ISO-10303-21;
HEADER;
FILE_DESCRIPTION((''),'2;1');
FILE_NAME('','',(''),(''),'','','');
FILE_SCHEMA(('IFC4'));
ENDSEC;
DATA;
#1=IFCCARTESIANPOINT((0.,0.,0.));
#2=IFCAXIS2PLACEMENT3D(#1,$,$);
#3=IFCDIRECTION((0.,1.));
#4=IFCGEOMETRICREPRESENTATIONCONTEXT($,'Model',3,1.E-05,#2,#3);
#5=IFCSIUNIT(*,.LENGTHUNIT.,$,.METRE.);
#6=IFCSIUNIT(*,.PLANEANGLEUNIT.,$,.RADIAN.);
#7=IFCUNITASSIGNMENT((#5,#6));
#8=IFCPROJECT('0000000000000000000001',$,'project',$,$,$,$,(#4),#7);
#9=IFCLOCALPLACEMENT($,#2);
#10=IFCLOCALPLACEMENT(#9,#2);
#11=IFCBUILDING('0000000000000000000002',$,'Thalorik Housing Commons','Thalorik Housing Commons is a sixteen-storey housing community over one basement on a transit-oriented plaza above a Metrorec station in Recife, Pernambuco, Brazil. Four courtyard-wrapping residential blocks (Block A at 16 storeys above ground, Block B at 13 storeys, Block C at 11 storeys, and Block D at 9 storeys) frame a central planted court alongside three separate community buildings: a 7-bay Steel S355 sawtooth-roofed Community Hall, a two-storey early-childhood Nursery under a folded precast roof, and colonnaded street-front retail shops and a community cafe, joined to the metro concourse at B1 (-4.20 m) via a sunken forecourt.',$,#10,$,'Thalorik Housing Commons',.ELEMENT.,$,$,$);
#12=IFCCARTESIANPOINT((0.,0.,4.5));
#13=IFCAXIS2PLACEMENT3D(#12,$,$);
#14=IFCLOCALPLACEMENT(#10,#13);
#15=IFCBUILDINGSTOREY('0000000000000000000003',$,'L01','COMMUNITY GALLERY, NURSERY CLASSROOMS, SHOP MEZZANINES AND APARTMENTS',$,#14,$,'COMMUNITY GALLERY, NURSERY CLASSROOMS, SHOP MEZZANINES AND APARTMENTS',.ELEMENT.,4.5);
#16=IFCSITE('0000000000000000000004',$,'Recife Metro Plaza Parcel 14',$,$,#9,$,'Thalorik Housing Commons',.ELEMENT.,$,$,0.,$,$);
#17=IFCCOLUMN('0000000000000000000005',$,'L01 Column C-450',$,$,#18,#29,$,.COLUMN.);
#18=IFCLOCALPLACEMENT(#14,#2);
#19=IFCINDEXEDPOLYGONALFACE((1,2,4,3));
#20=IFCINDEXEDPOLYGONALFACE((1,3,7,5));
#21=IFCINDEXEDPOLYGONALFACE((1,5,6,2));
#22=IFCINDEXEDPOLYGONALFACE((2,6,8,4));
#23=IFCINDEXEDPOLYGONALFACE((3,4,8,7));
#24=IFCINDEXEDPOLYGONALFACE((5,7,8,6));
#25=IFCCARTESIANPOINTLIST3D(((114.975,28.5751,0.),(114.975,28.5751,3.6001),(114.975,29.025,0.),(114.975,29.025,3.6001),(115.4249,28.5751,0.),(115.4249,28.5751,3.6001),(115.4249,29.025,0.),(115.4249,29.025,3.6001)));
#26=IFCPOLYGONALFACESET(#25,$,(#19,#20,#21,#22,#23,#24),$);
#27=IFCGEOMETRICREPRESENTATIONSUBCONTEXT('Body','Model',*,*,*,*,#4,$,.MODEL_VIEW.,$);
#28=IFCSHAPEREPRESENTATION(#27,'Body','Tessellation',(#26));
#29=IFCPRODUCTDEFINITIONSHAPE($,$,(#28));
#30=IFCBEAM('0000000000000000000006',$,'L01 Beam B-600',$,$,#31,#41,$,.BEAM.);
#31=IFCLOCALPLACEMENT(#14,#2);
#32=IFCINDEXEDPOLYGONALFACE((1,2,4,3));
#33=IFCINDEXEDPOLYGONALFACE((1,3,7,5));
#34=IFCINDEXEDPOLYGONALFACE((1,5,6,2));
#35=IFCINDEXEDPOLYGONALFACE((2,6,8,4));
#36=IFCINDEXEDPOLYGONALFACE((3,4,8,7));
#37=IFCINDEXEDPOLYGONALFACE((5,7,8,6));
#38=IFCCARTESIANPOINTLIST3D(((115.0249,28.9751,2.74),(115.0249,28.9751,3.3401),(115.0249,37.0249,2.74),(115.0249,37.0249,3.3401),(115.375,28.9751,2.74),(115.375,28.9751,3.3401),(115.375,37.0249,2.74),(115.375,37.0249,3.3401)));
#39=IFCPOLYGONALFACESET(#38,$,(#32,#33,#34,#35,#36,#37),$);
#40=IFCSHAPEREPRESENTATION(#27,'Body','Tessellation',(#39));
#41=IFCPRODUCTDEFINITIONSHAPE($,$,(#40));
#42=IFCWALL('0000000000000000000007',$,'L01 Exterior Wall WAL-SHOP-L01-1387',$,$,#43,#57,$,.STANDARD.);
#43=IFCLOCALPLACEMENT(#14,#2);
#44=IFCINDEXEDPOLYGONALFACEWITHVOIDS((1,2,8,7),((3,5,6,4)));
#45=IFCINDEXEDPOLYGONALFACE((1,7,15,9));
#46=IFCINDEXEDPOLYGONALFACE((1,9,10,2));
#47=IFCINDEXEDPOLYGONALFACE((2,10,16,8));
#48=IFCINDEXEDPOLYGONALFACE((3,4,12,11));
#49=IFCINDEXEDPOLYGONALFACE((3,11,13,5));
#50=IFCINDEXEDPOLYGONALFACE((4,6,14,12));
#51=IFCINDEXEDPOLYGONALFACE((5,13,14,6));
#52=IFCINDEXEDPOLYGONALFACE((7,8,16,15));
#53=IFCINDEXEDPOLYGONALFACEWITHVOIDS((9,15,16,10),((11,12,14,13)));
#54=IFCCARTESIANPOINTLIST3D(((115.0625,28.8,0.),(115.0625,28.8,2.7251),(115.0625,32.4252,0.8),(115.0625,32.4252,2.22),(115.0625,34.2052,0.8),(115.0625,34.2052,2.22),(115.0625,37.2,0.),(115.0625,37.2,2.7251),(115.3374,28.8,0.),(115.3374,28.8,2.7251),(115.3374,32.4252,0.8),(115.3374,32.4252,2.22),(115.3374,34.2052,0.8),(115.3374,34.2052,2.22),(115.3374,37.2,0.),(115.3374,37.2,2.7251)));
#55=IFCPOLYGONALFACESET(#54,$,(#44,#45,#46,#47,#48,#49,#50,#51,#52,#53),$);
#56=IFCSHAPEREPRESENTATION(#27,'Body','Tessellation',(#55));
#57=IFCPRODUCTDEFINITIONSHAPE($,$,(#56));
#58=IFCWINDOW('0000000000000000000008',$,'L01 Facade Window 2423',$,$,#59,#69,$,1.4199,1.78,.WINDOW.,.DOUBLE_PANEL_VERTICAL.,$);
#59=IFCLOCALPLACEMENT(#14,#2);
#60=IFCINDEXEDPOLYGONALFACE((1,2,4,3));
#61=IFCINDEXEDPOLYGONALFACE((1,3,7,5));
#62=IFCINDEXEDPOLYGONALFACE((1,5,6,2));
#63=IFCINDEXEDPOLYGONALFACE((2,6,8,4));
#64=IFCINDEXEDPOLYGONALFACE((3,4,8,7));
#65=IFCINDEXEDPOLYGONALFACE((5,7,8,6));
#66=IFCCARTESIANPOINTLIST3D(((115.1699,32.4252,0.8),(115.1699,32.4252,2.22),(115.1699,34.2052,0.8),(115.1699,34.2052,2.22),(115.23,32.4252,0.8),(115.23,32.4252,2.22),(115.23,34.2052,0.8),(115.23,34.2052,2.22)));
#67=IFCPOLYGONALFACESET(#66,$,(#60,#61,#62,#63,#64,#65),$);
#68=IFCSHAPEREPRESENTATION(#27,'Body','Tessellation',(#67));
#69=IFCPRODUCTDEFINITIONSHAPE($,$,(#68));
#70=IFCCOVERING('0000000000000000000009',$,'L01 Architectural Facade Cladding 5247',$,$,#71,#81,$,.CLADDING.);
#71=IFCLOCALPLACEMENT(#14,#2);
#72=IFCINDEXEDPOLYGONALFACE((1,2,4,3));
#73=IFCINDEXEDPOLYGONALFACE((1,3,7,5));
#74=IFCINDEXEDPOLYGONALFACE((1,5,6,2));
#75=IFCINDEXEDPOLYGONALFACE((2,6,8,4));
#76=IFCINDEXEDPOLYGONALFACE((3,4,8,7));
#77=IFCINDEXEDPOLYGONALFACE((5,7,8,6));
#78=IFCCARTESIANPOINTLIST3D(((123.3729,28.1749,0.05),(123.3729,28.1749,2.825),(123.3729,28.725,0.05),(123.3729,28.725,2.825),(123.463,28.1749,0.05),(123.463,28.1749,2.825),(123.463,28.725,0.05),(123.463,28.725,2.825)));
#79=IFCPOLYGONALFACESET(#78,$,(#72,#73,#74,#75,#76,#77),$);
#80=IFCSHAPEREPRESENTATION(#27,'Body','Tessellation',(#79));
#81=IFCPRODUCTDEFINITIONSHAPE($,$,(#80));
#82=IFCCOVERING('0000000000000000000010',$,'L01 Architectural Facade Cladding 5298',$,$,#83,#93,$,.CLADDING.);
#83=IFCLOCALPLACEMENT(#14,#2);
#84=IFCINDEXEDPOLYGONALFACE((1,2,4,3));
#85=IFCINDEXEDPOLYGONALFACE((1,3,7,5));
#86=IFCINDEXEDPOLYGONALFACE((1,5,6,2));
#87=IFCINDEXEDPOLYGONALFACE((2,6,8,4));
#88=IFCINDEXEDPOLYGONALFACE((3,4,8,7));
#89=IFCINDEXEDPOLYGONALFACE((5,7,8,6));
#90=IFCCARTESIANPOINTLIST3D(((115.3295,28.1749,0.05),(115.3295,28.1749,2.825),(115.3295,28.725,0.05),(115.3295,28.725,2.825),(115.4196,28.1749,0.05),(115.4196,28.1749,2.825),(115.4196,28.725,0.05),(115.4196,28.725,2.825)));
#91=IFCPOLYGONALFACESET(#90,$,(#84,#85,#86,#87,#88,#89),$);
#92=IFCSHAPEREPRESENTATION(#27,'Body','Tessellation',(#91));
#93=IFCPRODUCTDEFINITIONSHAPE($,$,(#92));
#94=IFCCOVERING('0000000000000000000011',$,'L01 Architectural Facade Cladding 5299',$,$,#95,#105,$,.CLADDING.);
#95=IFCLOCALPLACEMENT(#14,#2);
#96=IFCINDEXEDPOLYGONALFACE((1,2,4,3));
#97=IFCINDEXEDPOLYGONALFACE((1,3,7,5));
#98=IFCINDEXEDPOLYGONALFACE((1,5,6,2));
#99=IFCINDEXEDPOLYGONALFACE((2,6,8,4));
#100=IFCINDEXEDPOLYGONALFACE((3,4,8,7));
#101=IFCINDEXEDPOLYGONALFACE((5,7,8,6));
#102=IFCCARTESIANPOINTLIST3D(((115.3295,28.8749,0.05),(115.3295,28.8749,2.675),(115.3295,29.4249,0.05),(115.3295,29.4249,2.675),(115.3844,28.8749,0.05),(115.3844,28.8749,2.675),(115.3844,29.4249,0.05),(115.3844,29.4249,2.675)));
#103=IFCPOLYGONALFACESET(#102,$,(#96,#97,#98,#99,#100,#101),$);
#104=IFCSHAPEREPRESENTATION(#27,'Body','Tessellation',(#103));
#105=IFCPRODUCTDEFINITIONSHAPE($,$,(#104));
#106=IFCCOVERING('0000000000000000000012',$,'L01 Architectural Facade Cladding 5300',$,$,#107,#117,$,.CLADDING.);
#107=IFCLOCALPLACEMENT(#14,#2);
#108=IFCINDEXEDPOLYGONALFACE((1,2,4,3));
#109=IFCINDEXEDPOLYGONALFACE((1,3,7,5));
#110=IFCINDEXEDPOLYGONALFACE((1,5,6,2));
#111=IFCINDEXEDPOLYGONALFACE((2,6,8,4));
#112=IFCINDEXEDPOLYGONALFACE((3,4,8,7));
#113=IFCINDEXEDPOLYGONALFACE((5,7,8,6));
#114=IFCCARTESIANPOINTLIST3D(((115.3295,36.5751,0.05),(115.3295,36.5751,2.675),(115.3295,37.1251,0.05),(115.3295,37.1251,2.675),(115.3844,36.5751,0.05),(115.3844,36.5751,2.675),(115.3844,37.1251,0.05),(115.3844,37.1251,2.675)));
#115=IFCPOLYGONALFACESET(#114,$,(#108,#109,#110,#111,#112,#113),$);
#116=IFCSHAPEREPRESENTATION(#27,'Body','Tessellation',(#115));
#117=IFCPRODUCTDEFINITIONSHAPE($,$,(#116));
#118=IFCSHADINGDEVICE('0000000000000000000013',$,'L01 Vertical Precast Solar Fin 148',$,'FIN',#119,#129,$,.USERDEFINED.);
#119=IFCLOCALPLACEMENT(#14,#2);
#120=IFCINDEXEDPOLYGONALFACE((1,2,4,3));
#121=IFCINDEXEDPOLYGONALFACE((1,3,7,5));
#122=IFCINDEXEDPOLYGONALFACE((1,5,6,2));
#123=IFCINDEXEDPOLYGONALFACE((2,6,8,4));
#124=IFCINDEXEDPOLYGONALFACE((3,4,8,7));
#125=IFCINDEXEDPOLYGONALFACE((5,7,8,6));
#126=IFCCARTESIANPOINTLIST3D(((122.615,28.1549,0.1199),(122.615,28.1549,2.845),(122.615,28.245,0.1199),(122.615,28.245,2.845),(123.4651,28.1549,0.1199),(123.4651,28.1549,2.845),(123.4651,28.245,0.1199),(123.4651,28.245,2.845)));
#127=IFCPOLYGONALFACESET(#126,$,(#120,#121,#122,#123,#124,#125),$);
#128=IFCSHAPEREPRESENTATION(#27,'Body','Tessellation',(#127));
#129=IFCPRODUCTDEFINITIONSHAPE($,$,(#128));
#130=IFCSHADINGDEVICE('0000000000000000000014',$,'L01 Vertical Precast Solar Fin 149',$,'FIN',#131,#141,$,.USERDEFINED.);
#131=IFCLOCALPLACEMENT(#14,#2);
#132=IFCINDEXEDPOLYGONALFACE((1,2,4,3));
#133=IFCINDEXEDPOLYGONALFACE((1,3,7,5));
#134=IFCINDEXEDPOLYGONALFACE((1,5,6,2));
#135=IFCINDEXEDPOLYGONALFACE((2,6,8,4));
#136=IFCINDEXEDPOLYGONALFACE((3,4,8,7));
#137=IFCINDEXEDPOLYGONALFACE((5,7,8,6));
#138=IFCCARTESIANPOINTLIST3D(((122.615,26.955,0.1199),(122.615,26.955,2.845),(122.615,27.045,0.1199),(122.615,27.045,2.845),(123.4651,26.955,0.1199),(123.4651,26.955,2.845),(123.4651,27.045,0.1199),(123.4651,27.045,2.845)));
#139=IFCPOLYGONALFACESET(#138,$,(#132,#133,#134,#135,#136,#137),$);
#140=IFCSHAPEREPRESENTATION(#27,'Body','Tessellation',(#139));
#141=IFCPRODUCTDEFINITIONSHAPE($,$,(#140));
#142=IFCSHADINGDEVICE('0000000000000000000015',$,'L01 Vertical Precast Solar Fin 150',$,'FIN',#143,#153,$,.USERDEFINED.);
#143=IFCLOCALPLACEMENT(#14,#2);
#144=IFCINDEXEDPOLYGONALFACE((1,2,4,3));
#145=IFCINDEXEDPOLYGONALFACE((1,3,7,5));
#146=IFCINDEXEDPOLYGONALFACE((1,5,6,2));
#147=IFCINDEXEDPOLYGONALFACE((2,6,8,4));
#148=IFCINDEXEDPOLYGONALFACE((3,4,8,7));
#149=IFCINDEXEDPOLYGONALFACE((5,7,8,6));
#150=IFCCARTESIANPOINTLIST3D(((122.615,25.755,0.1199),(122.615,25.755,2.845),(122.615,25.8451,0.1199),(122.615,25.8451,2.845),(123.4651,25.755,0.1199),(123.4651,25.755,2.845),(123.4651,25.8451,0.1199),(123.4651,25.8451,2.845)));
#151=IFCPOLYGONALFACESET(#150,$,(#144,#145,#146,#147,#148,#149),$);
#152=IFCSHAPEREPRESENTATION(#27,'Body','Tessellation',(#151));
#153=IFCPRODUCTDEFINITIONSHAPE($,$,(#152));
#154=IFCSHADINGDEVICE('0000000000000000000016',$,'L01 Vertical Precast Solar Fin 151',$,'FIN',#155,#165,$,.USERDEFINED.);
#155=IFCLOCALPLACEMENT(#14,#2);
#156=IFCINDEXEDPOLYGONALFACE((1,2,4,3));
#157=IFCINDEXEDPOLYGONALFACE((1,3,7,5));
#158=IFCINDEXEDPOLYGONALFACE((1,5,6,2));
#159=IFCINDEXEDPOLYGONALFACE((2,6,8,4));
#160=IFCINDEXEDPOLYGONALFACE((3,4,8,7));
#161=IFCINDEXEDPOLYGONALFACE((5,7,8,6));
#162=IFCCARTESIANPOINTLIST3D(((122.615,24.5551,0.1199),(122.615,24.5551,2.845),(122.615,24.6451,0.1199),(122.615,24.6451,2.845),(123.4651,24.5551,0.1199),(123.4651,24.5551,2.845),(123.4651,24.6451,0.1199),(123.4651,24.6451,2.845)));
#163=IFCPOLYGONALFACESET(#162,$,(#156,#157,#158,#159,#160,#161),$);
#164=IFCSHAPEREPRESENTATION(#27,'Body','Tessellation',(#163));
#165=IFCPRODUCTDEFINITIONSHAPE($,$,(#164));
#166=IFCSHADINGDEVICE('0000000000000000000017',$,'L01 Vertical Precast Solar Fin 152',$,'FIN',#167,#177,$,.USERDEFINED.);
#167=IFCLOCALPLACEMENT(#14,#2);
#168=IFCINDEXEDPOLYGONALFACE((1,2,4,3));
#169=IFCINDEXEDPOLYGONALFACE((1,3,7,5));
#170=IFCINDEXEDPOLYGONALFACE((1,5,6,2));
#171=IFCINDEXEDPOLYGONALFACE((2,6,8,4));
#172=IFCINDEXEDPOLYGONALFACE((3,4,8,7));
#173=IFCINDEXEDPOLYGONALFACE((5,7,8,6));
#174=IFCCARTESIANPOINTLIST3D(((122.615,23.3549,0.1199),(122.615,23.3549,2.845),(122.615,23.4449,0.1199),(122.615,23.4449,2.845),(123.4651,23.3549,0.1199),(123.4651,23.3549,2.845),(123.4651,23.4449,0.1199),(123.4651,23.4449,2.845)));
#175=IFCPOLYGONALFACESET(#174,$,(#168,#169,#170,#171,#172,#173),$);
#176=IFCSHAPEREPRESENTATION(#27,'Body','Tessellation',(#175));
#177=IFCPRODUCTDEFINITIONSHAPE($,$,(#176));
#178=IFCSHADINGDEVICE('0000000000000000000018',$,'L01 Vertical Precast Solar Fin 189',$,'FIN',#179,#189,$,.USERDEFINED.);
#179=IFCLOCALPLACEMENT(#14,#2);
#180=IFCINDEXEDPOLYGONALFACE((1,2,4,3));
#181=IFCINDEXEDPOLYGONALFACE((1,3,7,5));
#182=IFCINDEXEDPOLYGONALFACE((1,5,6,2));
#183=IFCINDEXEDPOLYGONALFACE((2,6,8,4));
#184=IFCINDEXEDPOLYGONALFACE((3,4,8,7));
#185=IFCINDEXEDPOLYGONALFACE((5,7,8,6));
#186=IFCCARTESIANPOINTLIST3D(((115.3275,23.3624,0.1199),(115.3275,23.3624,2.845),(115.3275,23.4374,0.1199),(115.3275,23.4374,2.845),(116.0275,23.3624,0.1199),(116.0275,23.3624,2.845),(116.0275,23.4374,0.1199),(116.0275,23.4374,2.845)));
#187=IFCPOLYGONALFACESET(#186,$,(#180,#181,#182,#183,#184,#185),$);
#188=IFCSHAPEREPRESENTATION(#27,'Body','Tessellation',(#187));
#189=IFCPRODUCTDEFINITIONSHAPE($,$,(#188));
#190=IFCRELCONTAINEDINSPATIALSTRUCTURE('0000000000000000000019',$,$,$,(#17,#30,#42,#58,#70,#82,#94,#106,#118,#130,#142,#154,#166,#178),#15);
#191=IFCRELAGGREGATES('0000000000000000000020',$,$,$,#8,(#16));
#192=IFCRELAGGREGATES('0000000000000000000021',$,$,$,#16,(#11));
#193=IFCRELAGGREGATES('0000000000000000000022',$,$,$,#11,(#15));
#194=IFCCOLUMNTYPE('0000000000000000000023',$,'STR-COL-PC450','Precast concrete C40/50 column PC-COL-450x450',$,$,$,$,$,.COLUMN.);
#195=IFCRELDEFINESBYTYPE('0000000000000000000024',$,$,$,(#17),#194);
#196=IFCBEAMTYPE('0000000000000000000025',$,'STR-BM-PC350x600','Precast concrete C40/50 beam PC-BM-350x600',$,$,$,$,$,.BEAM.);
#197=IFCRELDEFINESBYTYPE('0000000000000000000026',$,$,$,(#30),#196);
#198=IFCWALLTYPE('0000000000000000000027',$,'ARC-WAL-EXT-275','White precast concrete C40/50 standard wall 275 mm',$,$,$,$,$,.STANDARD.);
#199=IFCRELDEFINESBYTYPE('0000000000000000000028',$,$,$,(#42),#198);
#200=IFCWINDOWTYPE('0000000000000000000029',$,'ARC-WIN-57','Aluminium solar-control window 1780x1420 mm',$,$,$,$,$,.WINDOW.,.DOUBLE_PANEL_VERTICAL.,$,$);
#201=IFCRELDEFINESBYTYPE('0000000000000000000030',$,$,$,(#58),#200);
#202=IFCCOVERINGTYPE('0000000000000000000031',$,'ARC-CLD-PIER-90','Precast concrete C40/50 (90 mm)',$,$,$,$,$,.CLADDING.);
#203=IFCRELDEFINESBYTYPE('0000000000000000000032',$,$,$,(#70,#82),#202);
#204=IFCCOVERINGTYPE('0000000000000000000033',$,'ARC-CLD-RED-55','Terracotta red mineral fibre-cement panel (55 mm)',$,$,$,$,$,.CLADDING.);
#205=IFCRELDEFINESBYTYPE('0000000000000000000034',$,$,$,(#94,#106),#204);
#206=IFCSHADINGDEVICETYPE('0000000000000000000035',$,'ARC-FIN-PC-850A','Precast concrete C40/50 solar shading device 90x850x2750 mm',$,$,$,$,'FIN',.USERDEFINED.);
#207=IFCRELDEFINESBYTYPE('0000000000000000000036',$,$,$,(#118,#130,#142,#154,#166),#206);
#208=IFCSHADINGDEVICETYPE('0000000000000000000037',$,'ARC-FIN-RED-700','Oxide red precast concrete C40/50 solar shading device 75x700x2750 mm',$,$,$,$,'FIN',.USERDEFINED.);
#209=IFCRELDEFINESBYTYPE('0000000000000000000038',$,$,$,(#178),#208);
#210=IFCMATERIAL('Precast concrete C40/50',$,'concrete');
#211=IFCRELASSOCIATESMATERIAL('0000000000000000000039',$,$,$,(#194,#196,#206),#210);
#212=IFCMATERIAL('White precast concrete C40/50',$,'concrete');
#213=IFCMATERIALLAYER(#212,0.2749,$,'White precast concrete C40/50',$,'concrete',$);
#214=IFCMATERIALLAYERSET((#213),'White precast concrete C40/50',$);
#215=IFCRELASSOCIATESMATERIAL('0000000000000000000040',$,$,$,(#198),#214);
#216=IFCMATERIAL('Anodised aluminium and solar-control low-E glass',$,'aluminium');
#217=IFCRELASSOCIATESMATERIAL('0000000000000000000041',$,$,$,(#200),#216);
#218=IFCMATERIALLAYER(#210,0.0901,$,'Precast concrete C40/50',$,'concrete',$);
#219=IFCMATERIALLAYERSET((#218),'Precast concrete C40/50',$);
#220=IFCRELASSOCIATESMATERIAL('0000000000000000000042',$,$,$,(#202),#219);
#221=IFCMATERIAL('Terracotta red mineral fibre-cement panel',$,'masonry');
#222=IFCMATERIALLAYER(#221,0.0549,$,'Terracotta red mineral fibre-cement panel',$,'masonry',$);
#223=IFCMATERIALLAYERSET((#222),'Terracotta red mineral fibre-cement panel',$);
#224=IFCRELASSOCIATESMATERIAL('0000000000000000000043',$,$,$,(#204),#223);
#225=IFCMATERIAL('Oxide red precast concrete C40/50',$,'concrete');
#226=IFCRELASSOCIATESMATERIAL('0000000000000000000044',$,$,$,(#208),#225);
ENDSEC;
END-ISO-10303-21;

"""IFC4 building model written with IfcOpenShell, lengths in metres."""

from ifc_helpers import new_model, si_unit, direction, frame, frame_2d, origin, origin_2d, place, context, subcontext, project, spatial, rectangle, extrude, material, layer, layer_set, material_profile, profile_set, type_object, element, fill, save


model = new_model("IFC4")

# Units and contexts
model_context = context("Model", 3, precision=1e-05, world=origin(), true_north=direction((0.0, 1.0)))
body_context = subcontext(model_context, "Body", "Model", "MODEL_VIEW")
ifc_project = project(units=[si_unit("LENGTHUNIT", "METRE"), si_unit("PLANEANGLEUNIT", "RADIAN")], contexts=[model_context])

# Site, building, storey
site_placement = place(None, origin())
site = spatial("IfcSite", under=ifc_project, at=site_placement, Name="Recife Metro Plaza Parcel 14", LongName="Thalorik Housing Commons", CompositionType="ELEMENT", RefElevation=0.0)
building_placement = place(site_placement, origin())
building = spatial("IfcBuilding", under=site, at=building_placement, Name="Thalorik Housing Commons", Description="Thalorik Housing Commons is a sixteen-storey housing community over one basement on a transit-oriented plaza above a Metrorec station in Recife, Pernambuco, Brazil. Four courtyard-wrapping residential blocks (Block A at 16 storeys above ground, Block B at 13 storeys, Block C at 11 storeys, and Block D at 9 storeys) frame a central planted court alongside three separate community buildings: a 7-bay Steel S355 sawtooth-roofed Community Hall, a two-storey early-childhood Nursery under a folded precast roof, and colonnaded street-front retail shops and a community cafe, joined to the metro concourse at B1 (-4.20 m) via a sunken forecourt.", LongName="Thalorik Housing Commons", CompositionType="ELEMENT")
storey_placement = place(building_placement, frame((0.0, 0.0, 4.5)))
storey = spatial("IfcBuildingStorey", under=building, at=storey_placement, Name="L01", Description="COMMUNITY GALLERY, NURSERY CLASSROOMS, SHOP MEZZANINES AND APARTMENTS", LongName="COMMUNITY GALLERY, NURSERY CLASSROOMS, SHOP MEZZANINES AND APARTMENTS", CompositionType="ELEMENT", Elevation=4.5)

# Column
ifc_material_1 = material(Name="Precast concrete C40/50", Category="concrete")
ifc_material_profile_1 = material_profile(ifc_material_1, rectangle(XDim=0.45, YDim=0.45, at=origin_2d()), Name="PC 450x450", Category="concrete")
ifc_profile_set_1 = profile_set([ifc_material_profile_1], Name="Precast concrete C40/50")
column_type = type_object("IfcColumnType", Name="STR-COL-PC450", Description="Precast concrete C40/50 column PC-COL-450x450", PredefinedType="COLUMN", material=ifc_profile_set_1)
column_placement = place(storey_placement, frame((115.2, 28.8, 0.0), z_axis=(0.0, 0.0, 1.0), x_axis=(1.0, 0.0, 0.0)))
element("IfcColumn", 1, at=column_placement, inside=storey, type_object=column_type, Name="L01 Column C-450", PredefinedType="COLUMN", context=body_context, shape_type="SweptSolid", body=[
    extrude(rectangle(XDim=0.45, YDim=0.45, at=origin_2d()), origin(), (0.0, 0.0, 1.0), 3.6001),
])

# Beam
ifc_material_profile_2 = material_profile(ifc_material_1, rectangle(XDim=0.3501, YDim=0.6001, at=origin_2d()), Name="PC 350x600", Category="concrete")
ifc_profile_set_2 = profile_set([ifc_material_profile_2], Name="Precast concrete C40/50")
beam_type = type_object("IfcBeamType", Name="STR-BM-PC350x600", Description="Precast concrete C40/50 beam PC-BM-350x600", PredefinedType="BEAM", material=ifc_profile_set_2)
beam_placement = place(storey_placement, frame((115.2, 28.9751, 3.04), z_axis=(0.0, 1.0, 0.0), x_axis=(-1.0, 0.0, 0.0)))
element("IfcBeam", 2, at=beam_placement, inside=storey, type_object=beam_type, Name="L01 Beam B-600", PredefinedType="BEAM", context=body_context, shape_type="SweptSolid", body=[
    extrude(rectangle(XDim=0.3501, YDim=0.6001, at=origin_2d()), origin(), (0.0, 0.0, 1.0), 8.0498),
])

# Wall, opening, window
ifc_material_2 = material(Name="White precast concrete C40/50", Category="concrete")
ifc_layer_1 = layer(ifc_material_2, 0.2749, Name="White precast concrete C40/50", Category="concrete")
ifc_layer_set_1 = layer_set([ifc_layer_1], Name="White precast concrete C40/50")
wall_type = type_object("IfcWallType", Name="ARC-WAL-EXT-275", Description="White precast concrete C40/50 standard wall 275 mm", PredefinedType="STANDARD", material=ifc_layer_set_1)
wall_placement = place(storey_placement, frame((115.2, 28.8, 0.0), z_axis=(0.0, 0.0, 1.0), x_axis=(0.0, 1.0, 0.0)))
wall = element("IfcWall", 3, at=wall_placement, inside=storey, type_object=wall_type, Name="L01 Exterior Wall WAL-SHOP-L01-1387", PredefinedType="STANDARD", context=body_context, shape_type="SweptSolid", body=[
    extrude(rectangle(XDim=8.3999, YDim=0.2749, at=frame_2d((4.2, 0.0))), origin(), (0.0, 0.0, 1.0), 2.7251),
])
opening_placement = place(wall_placement, frame((3.625, 0.0, 0.8)))
opening = element("IfcOpeningElement", 4, at=opening_placement, cuts=wall, PredefinedType="OPENING", context=body_context, shape_type="SweptSolid", body=[
    extrude(rectangle(XDim=1.78, YDim=1.4199, at=frame_2d((0.8901, 0.71))), frame((0.0, 0.1475, 0.0), z_axis=(0.0, -1.0, 0.0), x_axis=(1.0, 0.0, 0.0)), (0.0, 0.0, 1.0), 0.2949),
])
ifc_material_3 = material(Name="Anodised aluminium and solar-control low-E glass", Category="aluminium")
window_type = type_object("IfcWindowType", Name="ARC-WIN-57", Description="Aluminium solar-control window 1780x1420 mm", PartitioningType="DOUBLE_PANEL_VERTICAL", PredefinedType="WINDOW", material=ifc_material_3)
window_placement = place(opening_placement, origin())
window = element("IfcWindow", 5, at=window_placement, inside=storey, type_object=window_type, Name="L01 Facade Window 2423", OverallHeight=1.4199, OverallWidth=1.78, PartitioningType="DOUBLE_PANEL_VERTICAL", PredefinedType="WINDOW", context=body_context, shape_type="SweptSolid", body=[
    extrude(rectangle(XDim=1.78, YDim=1.4199, at=frame_2d((0.8901, 0.71))), frame((0.0, 0.03, 0.0), z_axis=(0.0, -1.0, 0.0), x_axis=(1.0, 0.0, 0.0)), (0.0, 0.0, 1.0), 0.0601),
])
fill(opening, window)

# Coverings
ifc_layer_2 = layer(ifc_material_1, 0.0901, Name="Precast concrete C40/50", Category="concrete")
ifc_layer_set_2 = layer_set([ifc_layer_2], Name="Precast concrete C40/50")
covering_type_1 = type_object("IfcCoveringType", Name="ARC-CLD-PIER-90", Description="Precast concrete C40/50 (90 mm)", PredefinedType="CLADDING", material=ifc_layer_set_2)
for number, where, z_axis, x_axis, name in (
    (6, (123.418, 28.45, 0.05), (0.0, 0.0, 1.0), (0.0, -1.0, 0.0), "L01 Architectural Facade Cladding 5247"),
    (7, (115.3745, 28.45, 0.05), (0.0, 0.0, 1.0), (0.0, 1.0, 0.0), "L01 Architectural Facade Cladding 5298"),
):
    element("IfcCovering", number, at=place(storey_placement, frame(where, z_axis=z_axis, x_axis=x_axis)), inside=storey, type_object=covering_type_1, Name=name, PredefinedType="CLADDING", context=body_context, shape_type="SweptSolid", body=[
        extrude(rectangle(XDim=0.55, YDim=0.0901, at=origin_2d()), origin(), (0.0, 0.0, 1.0), 2.7749),
    ])
ifc_material_4 = material(Name="Terracotta red mineral fibre-cement panel", Category="masonry")
ifc_layer_3 = layer(ifc_material_4, 0.0549, Name="Terracotta red mineral fibre-cement panel", Category="masonry")
ifc_layer_set_3 = layer_set([ifc_layer_3], Name="Terracotta red mineral fibre-cement panel")
covering_type_2 = type_object("IfcCoveringType", Name="ARC-CLD-RED-55", Description="Terracotta red mineral fibre-cement panel (55 mm)", PredefinedType="CLADDING", material=ifc_layer_set_3)
for number, where, z_axis, x_axis, name in (
    (8, (115.3569, 29.1499, 0.05), (0.0, 0.0, 1.0), (0.0, 1.0, 0.0), "L01 Architectural Facade Cladding 5299"),
    (9, (115.3569, 36.8501, 0.05), (0.0, 0.0, 1.0), (0.0, 1.0, 0.0), "L01 Architectural Facade Cladding 5300"),
):
    element("IfcCovering", number, at=place(storey_placement, frame(where, z_axis=z_axis, x_axis=x_axis)), inside=storey, type_object=covering_type_2, Name=name, PredefinedType="CLADDING", context=body_context, shape_type="SweptSolid", body=[
        extrude(rectangle(XDim=0.55, YDim=0.0549, at=origin_2d()), origin(), (0.0, 0.0, 1.0), 2.625),
    ])

# Shading devices
shading_device_type_1 = type_object("IfcShadingDeviceType", Name="ARC-FIN-PC-850A", Description="Precast concrete C40/50 solar shading device 90x850x2750 mm", ElementType="FIN", PredefinedType="USERDEFINED", material=ifc_material_1)
for number, where, z_axis, x_axis, name in (
    (10, (123.04, 28.2, 0.1199), (0.0, 0.0, 1.0), (0.0, -1.0, 0.0), "L01 Vertical Precast Solar Fin 148"),
    (11, (123.04, 27.0, 0.1199), (0.0, 0.0, 1.0), (0.0, -1.0, 0.0), "L01 Vertical Precast Solar Fin 149"),
    (12, (123.04, 25.8, 0.1199), (0.0, 0.0, 1.0), (0.0, -1.0, 0.0), "L01 Vertical Precast Solar Fin 150"),
    (13, (123.04, 24.6001, 0.1199), (0.0, 0.0, 1.0), (0.0, -1.0, 0.0), "L01 Vertical Precast Solar Fin 151"),
    (14, (123.04, 23.3999, 0.1199), (0.0, 0.0, 1.0), (0.0, -1.0, 0.0), "L01 Vertical Precast Solar Fin 152"),
):
    element("IfcShadingDevice", number, at=place(storey_placement, frame(where, z_axis=z_axis, x_axis=x_axis)), inside=storey, type_object=shading_device_type_1, Name=name, ObjectType="FIN", PredefinedType="USERDEFINED", context=body_context, shape_type="SweptSolid", body=[
        extrude(rectangle(XDim=0.0901, YDim=0.8501, at=origin_2d()), origin(), (0.0, 0.0, 1.0), 2.7251),
    ])
ifc_material_5 = material(Name="Oxide red precast concrete C40/50", Category="concrete")
shading_device_type_2 = type_object("IfcShadingDeviceType", Name="ARC-FIN-RED-700", Description="Oxide red precast concrete C40/50 solar shading device 75x700x2750 mm", ElementType="FIN", PredefinedType="USERDEFINED", material=ifc_material_5)
for number, where, z_axis, x_axis, name in (
    (15, (115.6775, 23.3999, 0.1199), (0.0, 0.0, 1.0), (0.0, 1.0, 0.0), "L01 Vertical Precast Solar Fin 189"),
):
    element("IfcShadingDevice", number, at=place(storey_placement, frame(where, z_axis=z_axis, x_axis=x_axis)), inside=storey, type_object=shading_device_type_2, Name=name, ObjectType="FIN", PredefinedType="USERDEFINED", context=body_context, shape_type="SweptSolid", body=[
        extrude(rectangle(XDim=0.075, YDim=0.7, at=origin_2d()), origin(), (0.0, 0.0, 1.0), 2.7251),
    ])

save(model, "model.ifc")
